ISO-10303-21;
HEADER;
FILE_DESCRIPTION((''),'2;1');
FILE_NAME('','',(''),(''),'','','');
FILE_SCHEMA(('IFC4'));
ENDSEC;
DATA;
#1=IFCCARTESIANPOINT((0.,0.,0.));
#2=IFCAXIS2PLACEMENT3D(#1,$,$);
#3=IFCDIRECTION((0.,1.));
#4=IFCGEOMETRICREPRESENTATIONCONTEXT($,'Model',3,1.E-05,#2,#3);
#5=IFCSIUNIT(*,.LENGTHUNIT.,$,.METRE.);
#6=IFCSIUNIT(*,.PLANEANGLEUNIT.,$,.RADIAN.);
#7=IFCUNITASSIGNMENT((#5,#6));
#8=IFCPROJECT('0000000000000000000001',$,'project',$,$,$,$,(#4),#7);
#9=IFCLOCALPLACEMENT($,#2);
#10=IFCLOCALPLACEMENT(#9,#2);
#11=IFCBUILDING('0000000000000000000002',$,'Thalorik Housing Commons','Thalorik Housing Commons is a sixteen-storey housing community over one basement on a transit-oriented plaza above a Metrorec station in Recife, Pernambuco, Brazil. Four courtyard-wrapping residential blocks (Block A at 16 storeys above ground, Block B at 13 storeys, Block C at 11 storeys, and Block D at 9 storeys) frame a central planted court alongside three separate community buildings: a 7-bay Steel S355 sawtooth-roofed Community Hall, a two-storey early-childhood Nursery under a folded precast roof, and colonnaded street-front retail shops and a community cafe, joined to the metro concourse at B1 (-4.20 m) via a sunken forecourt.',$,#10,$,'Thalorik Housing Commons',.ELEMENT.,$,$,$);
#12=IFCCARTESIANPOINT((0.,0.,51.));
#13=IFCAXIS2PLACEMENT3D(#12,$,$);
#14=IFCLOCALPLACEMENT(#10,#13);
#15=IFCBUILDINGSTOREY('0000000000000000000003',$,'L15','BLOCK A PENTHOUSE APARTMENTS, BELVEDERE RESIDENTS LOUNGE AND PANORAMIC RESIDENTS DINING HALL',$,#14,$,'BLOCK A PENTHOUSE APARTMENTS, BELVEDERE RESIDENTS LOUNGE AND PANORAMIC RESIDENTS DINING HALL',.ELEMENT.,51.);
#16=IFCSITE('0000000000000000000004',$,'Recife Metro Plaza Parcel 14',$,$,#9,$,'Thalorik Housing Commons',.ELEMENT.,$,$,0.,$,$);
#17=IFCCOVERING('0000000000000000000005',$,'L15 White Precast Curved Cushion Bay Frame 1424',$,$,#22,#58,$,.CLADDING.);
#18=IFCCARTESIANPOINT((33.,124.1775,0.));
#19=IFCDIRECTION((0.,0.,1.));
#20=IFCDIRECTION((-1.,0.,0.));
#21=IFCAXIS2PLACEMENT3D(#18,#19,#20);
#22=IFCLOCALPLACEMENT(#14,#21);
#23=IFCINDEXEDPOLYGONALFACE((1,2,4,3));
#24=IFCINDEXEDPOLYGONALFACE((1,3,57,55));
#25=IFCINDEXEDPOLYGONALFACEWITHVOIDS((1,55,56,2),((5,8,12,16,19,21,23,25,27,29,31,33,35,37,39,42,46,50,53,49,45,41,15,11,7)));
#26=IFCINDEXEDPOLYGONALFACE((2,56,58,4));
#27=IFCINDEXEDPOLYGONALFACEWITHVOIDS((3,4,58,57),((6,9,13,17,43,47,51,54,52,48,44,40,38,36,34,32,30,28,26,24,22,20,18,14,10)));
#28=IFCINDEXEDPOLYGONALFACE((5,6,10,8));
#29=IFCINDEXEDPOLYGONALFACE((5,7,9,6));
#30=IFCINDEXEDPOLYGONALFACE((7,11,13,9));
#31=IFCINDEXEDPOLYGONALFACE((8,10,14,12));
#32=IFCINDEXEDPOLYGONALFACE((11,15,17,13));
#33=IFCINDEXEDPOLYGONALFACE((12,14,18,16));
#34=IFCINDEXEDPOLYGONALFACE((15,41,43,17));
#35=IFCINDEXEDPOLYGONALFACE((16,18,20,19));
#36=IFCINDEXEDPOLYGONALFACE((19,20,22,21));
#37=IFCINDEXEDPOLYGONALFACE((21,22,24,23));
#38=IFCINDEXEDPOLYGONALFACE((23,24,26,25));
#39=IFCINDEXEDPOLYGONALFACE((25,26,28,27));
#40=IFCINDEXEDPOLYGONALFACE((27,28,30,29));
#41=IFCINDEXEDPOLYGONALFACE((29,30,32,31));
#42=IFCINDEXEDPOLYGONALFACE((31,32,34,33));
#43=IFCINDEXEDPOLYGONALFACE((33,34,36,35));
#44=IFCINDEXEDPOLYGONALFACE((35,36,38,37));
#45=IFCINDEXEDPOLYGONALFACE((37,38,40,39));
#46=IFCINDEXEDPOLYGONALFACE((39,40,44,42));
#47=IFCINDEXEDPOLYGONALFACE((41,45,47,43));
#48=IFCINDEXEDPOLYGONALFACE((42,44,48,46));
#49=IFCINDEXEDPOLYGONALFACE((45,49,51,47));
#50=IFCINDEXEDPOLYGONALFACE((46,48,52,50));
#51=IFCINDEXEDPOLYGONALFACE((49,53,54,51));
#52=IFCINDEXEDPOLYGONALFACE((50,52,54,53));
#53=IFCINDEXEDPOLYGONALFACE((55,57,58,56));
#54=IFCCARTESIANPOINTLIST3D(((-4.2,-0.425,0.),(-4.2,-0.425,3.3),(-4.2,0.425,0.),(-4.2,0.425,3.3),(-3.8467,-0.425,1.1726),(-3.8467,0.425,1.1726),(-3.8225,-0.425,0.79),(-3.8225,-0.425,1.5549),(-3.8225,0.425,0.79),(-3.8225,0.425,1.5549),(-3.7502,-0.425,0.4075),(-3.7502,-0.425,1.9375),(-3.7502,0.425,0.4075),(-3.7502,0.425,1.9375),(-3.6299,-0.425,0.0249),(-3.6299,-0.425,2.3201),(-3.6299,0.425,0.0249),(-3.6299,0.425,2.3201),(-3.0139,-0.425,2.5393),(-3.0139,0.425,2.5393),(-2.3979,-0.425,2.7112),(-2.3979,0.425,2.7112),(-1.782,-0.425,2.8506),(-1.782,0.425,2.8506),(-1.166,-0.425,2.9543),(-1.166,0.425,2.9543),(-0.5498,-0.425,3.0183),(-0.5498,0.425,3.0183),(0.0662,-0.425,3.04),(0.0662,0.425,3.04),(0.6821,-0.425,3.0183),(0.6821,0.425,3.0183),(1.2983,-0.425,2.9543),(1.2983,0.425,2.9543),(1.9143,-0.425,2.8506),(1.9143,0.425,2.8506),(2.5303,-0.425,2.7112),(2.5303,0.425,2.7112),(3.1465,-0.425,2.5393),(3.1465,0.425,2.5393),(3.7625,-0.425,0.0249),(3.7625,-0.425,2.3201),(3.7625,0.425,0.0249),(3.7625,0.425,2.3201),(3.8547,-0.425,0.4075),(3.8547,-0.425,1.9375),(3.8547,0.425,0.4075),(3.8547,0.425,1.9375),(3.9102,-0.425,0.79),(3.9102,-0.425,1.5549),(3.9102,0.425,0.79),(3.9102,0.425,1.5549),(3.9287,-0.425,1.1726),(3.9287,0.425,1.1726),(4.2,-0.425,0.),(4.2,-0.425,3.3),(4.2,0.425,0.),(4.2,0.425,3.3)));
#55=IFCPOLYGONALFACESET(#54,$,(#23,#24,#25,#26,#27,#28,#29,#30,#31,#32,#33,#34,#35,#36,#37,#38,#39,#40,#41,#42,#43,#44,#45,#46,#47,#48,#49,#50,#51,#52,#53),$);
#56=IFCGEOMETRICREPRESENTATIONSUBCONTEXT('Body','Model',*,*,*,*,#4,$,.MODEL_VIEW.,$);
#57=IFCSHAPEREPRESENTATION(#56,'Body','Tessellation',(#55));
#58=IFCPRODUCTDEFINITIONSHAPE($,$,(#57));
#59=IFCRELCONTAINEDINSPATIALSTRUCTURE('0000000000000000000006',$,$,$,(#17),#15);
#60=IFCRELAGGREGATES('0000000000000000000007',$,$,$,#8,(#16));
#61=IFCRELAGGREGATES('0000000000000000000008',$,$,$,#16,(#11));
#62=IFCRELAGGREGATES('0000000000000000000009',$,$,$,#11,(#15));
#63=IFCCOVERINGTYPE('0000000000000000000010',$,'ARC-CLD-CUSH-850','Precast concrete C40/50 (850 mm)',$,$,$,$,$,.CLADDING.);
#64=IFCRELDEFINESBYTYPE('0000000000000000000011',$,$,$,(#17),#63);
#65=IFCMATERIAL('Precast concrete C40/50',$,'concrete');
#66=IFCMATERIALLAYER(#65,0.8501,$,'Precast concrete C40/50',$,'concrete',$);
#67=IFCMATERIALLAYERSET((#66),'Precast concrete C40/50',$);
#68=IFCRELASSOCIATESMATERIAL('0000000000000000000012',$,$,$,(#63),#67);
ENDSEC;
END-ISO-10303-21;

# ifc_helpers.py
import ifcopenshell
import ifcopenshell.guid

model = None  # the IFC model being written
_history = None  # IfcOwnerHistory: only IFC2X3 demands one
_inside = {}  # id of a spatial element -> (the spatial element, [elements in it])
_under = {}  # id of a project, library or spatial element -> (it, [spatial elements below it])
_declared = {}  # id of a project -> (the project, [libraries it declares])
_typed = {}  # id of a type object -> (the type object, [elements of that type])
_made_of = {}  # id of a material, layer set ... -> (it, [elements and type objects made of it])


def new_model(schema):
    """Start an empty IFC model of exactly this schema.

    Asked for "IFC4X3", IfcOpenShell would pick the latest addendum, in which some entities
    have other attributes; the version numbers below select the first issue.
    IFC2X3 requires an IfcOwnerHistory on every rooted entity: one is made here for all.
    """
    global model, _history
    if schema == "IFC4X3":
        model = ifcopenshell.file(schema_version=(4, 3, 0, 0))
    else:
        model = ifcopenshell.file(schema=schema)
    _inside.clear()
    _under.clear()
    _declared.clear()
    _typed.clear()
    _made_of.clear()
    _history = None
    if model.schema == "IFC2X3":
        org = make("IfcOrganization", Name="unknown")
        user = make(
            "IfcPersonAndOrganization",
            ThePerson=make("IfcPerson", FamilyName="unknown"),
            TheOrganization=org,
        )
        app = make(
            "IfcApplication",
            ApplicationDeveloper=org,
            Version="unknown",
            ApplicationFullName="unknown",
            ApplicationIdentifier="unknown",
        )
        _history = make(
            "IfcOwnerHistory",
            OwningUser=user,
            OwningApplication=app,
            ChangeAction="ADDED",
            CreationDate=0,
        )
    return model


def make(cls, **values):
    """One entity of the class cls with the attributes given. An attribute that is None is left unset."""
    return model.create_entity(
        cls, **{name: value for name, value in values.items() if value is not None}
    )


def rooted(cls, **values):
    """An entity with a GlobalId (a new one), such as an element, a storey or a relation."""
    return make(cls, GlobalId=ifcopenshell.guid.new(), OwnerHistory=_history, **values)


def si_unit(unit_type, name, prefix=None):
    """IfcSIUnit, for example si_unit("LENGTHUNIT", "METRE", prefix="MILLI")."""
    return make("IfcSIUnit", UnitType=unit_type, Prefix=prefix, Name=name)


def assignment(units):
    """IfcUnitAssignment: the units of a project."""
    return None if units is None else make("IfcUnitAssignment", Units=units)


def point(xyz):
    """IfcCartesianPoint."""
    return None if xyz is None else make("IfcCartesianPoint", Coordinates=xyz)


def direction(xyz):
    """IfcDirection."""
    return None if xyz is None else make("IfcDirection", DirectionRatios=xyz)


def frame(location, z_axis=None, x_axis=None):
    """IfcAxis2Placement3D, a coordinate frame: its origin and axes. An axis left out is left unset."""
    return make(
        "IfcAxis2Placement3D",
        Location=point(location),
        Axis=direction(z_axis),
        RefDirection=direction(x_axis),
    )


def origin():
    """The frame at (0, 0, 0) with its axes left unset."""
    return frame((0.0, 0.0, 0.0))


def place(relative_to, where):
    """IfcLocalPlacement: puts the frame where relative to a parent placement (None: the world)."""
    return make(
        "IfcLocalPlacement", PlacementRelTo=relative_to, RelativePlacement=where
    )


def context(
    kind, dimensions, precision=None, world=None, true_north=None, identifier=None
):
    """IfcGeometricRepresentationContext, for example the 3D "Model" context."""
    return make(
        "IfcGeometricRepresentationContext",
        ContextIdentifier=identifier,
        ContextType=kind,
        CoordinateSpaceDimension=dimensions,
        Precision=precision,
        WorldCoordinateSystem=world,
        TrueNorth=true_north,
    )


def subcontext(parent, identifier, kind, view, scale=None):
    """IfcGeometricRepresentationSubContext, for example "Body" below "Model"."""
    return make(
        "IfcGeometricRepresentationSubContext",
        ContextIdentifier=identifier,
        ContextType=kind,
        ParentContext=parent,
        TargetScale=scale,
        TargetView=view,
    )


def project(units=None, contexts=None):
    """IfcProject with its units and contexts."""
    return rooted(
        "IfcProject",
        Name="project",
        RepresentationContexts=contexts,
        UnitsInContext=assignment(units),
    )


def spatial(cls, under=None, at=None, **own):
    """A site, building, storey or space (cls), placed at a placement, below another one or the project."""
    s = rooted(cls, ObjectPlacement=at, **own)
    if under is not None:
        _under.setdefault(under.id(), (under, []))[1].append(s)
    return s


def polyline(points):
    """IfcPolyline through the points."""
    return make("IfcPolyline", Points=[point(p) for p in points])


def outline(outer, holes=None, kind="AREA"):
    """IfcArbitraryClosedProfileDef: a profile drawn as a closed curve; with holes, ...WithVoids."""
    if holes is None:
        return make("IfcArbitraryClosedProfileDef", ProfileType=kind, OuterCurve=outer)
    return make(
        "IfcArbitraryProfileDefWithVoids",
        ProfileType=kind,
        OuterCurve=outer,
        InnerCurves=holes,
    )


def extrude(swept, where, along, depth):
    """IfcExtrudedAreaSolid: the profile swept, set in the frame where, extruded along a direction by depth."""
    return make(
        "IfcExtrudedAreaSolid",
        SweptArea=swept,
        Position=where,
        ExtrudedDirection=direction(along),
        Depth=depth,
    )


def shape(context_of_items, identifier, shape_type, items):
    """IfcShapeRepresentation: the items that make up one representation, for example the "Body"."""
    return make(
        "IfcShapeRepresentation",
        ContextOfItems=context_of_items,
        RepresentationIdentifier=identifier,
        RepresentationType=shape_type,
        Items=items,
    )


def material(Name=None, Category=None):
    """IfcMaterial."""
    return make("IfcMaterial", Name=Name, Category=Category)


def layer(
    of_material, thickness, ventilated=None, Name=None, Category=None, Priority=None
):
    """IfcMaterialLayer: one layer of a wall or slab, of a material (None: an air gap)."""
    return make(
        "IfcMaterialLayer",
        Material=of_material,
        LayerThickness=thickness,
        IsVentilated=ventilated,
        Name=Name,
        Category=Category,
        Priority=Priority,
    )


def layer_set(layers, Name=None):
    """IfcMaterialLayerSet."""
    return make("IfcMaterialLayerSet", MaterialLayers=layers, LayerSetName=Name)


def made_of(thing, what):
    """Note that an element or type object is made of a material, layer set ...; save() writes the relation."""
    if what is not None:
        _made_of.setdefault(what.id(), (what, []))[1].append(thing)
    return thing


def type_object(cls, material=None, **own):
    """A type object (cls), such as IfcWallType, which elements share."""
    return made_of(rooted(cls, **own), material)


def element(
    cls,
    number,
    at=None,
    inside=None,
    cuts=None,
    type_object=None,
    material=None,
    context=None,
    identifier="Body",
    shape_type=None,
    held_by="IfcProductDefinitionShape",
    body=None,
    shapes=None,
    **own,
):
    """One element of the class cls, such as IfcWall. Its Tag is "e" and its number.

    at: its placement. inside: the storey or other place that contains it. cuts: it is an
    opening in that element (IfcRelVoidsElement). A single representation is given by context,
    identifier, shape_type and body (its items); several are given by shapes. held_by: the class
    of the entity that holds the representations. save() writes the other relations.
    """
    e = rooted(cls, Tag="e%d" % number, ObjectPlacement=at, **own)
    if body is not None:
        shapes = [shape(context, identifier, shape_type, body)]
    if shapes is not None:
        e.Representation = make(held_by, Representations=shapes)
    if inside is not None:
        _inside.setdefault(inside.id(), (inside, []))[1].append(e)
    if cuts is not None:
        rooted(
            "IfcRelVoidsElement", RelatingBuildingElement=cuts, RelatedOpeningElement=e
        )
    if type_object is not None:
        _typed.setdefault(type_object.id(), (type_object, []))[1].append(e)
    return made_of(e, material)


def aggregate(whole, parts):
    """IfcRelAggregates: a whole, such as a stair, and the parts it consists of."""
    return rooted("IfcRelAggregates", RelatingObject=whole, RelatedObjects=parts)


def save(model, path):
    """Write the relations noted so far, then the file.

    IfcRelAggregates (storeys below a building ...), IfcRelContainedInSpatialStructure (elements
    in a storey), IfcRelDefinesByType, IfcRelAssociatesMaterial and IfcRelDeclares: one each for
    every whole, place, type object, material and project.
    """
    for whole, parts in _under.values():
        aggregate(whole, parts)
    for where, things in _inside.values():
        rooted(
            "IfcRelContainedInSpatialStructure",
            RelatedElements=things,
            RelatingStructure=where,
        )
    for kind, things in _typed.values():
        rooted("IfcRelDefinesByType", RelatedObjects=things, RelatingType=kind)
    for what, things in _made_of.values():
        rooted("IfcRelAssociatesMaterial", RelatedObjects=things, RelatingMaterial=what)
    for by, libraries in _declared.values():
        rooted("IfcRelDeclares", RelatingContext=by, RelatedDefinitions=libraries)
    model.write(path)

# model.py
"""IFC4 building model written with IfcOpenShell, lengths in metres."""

from ifc_helpers import new_model, si_unit, direction, frame, origin, place, context, subcontext, project, spatial, polyline, outline, extrude, material, layer, layer_set, type_object, element, save


model = new_model("IFC4")

# Units and contexts
model_context = context("Model", 3, precision=1e-05, world=origin(), true_north=direction((0.0, 1.0)))
body_context = subcontext(model_context, "Body", "Model", "MODEL_VIEW")
ifc_project = project(units=[si_unit("LENGTHUNIT", "METRE"), si_unit("PLANEANGLEUNIT", "RADIAN")], contexts=[model_context])

# Site, building, storey
site_placement = place(None, origin())
site = spatial("IfcSite", under=ifc_project, at=site_placement, Name="Recife Metro Plaza Parcel 14", LongName="Thalorik Housing Commons", CompositionType="ELEMENT", RefElevation=0.0)
building_placement = place(site_placement, origin())
building = spatial("IfcBuilding", under=site, at=building_placement, Name="Thalorik Housing Commons", Description="Thalorik Housing Commons is a sixteen-storey housing community over one basement on a transit-oriented plaza above a Metrorec station in Recife, Pernambuco, Brazil. Four courtyard-wrapping residential blocks (Block A at 16 storeys above ground, Block B at 13 storeys, Block C at 11 storeys, and Block D at 9 storeys) frame a central planted court alongside three separate community buildings: a 7-bay Steel S355 sawtooth-roofed Community Hall, a two-storey early-childhood Nursery under a folded precast roof, and colonnaded street-front retail shops and a community cafe, joined to the metro concourse at B1 (-4.20 m) via a sunken forecourt.", LongName="Thalorik Housing Commons", CompositionType="ELEMENT")
storey_placement = place(building_placement, frame((0.0, 0.0, 51.0)))
storey = spatial("IfcBuildingStorey", under=building, at=storey_placement, Name="L15", Description="BLOCK A PENTHOUSE APARTMENTS, BELVEDERE RESIDENTS LOUNGE AND PANORAMIC RESIDENTS DINING HALL", LongName="BLOCK A PENTHOUSE APARTMENTS, BELVEDERE RESIDENTS LOUNGE AND PANORAMIC RESIDENTS DINING HALL", CompositionType="ELEMENT", Elevation=51.0)

# Shared definitions
ifc_material_1 = material(Name="Precast concrete C40/50", Category="concrete")

# Covering
ifc_layer_1 = layer(ifc_material_1, 0.8501, Name="Precast concrete C40/50", Category="concrete")
ifc_layer_set_1 = layer_set([ifc_layer_1], Name="Precast concrete C40/50")
covering_type_1 = type_object("IfcCoveringType", Name="ARC-CLD-CUSH-850", Description="Precast concrete C40/50 (850 mm)", PredefinedType="CLADDING", material=ifc_layer_set_1)
covering_1_placement = place(storey_placement, frame((33.0, 124.1775, 0.0), z_axis=(0.0, 0.0, 1.0), x_axis=(-1.0, 0.0, 0.0)))
element("IfcCovering", 1, at=covering_1_placement, inside=storey, type_object=covering_type_1, Name="L15 White Precast Curved Cushion Bay Frame 1424", PredefinedType="CLADDING", context=body_context, shape_type="SweptSolid", body=[
    extrude(outline(polyline([(-4.2, 0.0), (4.2, 0.0), (4.2, 3.3), (-4.2, 3.3), (-4.2, 0.0)]), holes=[polyline([(3.7625, 0.0249), (3.8547, 0.4075), (3.9102, 0.79), (3.9287, 1.1726), (3.9102, 1.5549), (3.8547, 1.9375), (3.7625, 2.3201), (3.1465, 2.5393), (2.5303, 2.7112), (1.9143, 2.8506), (1.2983, 2.9543), (0.6821, 3.0183), (0.0662, 3.04), (-0.5498, 3.0183), (-1.166, 2.9543), (-1.782, 2.8506), (-2.3979, 2.7112), (-3.0139, 2.5393), (-3.6299, 2.3201), (-3.7502, 1.9375), (-3.8225, 1.5549), (-3.8467, 1.1726), (-3.8225, 0.79), (-3.7502, 0.4075), (-3.6299, 0.0249), (3.7625, 0.0249)])]), frame((0.0, 0.425, 0.0), z_axis=(0.0, -1.0, 0.0), x_axis=(1.0, 0.0, 0.0)), (0.0, 0.0, 1.0), 0.8501),
])

save(model, "model.ifc")
